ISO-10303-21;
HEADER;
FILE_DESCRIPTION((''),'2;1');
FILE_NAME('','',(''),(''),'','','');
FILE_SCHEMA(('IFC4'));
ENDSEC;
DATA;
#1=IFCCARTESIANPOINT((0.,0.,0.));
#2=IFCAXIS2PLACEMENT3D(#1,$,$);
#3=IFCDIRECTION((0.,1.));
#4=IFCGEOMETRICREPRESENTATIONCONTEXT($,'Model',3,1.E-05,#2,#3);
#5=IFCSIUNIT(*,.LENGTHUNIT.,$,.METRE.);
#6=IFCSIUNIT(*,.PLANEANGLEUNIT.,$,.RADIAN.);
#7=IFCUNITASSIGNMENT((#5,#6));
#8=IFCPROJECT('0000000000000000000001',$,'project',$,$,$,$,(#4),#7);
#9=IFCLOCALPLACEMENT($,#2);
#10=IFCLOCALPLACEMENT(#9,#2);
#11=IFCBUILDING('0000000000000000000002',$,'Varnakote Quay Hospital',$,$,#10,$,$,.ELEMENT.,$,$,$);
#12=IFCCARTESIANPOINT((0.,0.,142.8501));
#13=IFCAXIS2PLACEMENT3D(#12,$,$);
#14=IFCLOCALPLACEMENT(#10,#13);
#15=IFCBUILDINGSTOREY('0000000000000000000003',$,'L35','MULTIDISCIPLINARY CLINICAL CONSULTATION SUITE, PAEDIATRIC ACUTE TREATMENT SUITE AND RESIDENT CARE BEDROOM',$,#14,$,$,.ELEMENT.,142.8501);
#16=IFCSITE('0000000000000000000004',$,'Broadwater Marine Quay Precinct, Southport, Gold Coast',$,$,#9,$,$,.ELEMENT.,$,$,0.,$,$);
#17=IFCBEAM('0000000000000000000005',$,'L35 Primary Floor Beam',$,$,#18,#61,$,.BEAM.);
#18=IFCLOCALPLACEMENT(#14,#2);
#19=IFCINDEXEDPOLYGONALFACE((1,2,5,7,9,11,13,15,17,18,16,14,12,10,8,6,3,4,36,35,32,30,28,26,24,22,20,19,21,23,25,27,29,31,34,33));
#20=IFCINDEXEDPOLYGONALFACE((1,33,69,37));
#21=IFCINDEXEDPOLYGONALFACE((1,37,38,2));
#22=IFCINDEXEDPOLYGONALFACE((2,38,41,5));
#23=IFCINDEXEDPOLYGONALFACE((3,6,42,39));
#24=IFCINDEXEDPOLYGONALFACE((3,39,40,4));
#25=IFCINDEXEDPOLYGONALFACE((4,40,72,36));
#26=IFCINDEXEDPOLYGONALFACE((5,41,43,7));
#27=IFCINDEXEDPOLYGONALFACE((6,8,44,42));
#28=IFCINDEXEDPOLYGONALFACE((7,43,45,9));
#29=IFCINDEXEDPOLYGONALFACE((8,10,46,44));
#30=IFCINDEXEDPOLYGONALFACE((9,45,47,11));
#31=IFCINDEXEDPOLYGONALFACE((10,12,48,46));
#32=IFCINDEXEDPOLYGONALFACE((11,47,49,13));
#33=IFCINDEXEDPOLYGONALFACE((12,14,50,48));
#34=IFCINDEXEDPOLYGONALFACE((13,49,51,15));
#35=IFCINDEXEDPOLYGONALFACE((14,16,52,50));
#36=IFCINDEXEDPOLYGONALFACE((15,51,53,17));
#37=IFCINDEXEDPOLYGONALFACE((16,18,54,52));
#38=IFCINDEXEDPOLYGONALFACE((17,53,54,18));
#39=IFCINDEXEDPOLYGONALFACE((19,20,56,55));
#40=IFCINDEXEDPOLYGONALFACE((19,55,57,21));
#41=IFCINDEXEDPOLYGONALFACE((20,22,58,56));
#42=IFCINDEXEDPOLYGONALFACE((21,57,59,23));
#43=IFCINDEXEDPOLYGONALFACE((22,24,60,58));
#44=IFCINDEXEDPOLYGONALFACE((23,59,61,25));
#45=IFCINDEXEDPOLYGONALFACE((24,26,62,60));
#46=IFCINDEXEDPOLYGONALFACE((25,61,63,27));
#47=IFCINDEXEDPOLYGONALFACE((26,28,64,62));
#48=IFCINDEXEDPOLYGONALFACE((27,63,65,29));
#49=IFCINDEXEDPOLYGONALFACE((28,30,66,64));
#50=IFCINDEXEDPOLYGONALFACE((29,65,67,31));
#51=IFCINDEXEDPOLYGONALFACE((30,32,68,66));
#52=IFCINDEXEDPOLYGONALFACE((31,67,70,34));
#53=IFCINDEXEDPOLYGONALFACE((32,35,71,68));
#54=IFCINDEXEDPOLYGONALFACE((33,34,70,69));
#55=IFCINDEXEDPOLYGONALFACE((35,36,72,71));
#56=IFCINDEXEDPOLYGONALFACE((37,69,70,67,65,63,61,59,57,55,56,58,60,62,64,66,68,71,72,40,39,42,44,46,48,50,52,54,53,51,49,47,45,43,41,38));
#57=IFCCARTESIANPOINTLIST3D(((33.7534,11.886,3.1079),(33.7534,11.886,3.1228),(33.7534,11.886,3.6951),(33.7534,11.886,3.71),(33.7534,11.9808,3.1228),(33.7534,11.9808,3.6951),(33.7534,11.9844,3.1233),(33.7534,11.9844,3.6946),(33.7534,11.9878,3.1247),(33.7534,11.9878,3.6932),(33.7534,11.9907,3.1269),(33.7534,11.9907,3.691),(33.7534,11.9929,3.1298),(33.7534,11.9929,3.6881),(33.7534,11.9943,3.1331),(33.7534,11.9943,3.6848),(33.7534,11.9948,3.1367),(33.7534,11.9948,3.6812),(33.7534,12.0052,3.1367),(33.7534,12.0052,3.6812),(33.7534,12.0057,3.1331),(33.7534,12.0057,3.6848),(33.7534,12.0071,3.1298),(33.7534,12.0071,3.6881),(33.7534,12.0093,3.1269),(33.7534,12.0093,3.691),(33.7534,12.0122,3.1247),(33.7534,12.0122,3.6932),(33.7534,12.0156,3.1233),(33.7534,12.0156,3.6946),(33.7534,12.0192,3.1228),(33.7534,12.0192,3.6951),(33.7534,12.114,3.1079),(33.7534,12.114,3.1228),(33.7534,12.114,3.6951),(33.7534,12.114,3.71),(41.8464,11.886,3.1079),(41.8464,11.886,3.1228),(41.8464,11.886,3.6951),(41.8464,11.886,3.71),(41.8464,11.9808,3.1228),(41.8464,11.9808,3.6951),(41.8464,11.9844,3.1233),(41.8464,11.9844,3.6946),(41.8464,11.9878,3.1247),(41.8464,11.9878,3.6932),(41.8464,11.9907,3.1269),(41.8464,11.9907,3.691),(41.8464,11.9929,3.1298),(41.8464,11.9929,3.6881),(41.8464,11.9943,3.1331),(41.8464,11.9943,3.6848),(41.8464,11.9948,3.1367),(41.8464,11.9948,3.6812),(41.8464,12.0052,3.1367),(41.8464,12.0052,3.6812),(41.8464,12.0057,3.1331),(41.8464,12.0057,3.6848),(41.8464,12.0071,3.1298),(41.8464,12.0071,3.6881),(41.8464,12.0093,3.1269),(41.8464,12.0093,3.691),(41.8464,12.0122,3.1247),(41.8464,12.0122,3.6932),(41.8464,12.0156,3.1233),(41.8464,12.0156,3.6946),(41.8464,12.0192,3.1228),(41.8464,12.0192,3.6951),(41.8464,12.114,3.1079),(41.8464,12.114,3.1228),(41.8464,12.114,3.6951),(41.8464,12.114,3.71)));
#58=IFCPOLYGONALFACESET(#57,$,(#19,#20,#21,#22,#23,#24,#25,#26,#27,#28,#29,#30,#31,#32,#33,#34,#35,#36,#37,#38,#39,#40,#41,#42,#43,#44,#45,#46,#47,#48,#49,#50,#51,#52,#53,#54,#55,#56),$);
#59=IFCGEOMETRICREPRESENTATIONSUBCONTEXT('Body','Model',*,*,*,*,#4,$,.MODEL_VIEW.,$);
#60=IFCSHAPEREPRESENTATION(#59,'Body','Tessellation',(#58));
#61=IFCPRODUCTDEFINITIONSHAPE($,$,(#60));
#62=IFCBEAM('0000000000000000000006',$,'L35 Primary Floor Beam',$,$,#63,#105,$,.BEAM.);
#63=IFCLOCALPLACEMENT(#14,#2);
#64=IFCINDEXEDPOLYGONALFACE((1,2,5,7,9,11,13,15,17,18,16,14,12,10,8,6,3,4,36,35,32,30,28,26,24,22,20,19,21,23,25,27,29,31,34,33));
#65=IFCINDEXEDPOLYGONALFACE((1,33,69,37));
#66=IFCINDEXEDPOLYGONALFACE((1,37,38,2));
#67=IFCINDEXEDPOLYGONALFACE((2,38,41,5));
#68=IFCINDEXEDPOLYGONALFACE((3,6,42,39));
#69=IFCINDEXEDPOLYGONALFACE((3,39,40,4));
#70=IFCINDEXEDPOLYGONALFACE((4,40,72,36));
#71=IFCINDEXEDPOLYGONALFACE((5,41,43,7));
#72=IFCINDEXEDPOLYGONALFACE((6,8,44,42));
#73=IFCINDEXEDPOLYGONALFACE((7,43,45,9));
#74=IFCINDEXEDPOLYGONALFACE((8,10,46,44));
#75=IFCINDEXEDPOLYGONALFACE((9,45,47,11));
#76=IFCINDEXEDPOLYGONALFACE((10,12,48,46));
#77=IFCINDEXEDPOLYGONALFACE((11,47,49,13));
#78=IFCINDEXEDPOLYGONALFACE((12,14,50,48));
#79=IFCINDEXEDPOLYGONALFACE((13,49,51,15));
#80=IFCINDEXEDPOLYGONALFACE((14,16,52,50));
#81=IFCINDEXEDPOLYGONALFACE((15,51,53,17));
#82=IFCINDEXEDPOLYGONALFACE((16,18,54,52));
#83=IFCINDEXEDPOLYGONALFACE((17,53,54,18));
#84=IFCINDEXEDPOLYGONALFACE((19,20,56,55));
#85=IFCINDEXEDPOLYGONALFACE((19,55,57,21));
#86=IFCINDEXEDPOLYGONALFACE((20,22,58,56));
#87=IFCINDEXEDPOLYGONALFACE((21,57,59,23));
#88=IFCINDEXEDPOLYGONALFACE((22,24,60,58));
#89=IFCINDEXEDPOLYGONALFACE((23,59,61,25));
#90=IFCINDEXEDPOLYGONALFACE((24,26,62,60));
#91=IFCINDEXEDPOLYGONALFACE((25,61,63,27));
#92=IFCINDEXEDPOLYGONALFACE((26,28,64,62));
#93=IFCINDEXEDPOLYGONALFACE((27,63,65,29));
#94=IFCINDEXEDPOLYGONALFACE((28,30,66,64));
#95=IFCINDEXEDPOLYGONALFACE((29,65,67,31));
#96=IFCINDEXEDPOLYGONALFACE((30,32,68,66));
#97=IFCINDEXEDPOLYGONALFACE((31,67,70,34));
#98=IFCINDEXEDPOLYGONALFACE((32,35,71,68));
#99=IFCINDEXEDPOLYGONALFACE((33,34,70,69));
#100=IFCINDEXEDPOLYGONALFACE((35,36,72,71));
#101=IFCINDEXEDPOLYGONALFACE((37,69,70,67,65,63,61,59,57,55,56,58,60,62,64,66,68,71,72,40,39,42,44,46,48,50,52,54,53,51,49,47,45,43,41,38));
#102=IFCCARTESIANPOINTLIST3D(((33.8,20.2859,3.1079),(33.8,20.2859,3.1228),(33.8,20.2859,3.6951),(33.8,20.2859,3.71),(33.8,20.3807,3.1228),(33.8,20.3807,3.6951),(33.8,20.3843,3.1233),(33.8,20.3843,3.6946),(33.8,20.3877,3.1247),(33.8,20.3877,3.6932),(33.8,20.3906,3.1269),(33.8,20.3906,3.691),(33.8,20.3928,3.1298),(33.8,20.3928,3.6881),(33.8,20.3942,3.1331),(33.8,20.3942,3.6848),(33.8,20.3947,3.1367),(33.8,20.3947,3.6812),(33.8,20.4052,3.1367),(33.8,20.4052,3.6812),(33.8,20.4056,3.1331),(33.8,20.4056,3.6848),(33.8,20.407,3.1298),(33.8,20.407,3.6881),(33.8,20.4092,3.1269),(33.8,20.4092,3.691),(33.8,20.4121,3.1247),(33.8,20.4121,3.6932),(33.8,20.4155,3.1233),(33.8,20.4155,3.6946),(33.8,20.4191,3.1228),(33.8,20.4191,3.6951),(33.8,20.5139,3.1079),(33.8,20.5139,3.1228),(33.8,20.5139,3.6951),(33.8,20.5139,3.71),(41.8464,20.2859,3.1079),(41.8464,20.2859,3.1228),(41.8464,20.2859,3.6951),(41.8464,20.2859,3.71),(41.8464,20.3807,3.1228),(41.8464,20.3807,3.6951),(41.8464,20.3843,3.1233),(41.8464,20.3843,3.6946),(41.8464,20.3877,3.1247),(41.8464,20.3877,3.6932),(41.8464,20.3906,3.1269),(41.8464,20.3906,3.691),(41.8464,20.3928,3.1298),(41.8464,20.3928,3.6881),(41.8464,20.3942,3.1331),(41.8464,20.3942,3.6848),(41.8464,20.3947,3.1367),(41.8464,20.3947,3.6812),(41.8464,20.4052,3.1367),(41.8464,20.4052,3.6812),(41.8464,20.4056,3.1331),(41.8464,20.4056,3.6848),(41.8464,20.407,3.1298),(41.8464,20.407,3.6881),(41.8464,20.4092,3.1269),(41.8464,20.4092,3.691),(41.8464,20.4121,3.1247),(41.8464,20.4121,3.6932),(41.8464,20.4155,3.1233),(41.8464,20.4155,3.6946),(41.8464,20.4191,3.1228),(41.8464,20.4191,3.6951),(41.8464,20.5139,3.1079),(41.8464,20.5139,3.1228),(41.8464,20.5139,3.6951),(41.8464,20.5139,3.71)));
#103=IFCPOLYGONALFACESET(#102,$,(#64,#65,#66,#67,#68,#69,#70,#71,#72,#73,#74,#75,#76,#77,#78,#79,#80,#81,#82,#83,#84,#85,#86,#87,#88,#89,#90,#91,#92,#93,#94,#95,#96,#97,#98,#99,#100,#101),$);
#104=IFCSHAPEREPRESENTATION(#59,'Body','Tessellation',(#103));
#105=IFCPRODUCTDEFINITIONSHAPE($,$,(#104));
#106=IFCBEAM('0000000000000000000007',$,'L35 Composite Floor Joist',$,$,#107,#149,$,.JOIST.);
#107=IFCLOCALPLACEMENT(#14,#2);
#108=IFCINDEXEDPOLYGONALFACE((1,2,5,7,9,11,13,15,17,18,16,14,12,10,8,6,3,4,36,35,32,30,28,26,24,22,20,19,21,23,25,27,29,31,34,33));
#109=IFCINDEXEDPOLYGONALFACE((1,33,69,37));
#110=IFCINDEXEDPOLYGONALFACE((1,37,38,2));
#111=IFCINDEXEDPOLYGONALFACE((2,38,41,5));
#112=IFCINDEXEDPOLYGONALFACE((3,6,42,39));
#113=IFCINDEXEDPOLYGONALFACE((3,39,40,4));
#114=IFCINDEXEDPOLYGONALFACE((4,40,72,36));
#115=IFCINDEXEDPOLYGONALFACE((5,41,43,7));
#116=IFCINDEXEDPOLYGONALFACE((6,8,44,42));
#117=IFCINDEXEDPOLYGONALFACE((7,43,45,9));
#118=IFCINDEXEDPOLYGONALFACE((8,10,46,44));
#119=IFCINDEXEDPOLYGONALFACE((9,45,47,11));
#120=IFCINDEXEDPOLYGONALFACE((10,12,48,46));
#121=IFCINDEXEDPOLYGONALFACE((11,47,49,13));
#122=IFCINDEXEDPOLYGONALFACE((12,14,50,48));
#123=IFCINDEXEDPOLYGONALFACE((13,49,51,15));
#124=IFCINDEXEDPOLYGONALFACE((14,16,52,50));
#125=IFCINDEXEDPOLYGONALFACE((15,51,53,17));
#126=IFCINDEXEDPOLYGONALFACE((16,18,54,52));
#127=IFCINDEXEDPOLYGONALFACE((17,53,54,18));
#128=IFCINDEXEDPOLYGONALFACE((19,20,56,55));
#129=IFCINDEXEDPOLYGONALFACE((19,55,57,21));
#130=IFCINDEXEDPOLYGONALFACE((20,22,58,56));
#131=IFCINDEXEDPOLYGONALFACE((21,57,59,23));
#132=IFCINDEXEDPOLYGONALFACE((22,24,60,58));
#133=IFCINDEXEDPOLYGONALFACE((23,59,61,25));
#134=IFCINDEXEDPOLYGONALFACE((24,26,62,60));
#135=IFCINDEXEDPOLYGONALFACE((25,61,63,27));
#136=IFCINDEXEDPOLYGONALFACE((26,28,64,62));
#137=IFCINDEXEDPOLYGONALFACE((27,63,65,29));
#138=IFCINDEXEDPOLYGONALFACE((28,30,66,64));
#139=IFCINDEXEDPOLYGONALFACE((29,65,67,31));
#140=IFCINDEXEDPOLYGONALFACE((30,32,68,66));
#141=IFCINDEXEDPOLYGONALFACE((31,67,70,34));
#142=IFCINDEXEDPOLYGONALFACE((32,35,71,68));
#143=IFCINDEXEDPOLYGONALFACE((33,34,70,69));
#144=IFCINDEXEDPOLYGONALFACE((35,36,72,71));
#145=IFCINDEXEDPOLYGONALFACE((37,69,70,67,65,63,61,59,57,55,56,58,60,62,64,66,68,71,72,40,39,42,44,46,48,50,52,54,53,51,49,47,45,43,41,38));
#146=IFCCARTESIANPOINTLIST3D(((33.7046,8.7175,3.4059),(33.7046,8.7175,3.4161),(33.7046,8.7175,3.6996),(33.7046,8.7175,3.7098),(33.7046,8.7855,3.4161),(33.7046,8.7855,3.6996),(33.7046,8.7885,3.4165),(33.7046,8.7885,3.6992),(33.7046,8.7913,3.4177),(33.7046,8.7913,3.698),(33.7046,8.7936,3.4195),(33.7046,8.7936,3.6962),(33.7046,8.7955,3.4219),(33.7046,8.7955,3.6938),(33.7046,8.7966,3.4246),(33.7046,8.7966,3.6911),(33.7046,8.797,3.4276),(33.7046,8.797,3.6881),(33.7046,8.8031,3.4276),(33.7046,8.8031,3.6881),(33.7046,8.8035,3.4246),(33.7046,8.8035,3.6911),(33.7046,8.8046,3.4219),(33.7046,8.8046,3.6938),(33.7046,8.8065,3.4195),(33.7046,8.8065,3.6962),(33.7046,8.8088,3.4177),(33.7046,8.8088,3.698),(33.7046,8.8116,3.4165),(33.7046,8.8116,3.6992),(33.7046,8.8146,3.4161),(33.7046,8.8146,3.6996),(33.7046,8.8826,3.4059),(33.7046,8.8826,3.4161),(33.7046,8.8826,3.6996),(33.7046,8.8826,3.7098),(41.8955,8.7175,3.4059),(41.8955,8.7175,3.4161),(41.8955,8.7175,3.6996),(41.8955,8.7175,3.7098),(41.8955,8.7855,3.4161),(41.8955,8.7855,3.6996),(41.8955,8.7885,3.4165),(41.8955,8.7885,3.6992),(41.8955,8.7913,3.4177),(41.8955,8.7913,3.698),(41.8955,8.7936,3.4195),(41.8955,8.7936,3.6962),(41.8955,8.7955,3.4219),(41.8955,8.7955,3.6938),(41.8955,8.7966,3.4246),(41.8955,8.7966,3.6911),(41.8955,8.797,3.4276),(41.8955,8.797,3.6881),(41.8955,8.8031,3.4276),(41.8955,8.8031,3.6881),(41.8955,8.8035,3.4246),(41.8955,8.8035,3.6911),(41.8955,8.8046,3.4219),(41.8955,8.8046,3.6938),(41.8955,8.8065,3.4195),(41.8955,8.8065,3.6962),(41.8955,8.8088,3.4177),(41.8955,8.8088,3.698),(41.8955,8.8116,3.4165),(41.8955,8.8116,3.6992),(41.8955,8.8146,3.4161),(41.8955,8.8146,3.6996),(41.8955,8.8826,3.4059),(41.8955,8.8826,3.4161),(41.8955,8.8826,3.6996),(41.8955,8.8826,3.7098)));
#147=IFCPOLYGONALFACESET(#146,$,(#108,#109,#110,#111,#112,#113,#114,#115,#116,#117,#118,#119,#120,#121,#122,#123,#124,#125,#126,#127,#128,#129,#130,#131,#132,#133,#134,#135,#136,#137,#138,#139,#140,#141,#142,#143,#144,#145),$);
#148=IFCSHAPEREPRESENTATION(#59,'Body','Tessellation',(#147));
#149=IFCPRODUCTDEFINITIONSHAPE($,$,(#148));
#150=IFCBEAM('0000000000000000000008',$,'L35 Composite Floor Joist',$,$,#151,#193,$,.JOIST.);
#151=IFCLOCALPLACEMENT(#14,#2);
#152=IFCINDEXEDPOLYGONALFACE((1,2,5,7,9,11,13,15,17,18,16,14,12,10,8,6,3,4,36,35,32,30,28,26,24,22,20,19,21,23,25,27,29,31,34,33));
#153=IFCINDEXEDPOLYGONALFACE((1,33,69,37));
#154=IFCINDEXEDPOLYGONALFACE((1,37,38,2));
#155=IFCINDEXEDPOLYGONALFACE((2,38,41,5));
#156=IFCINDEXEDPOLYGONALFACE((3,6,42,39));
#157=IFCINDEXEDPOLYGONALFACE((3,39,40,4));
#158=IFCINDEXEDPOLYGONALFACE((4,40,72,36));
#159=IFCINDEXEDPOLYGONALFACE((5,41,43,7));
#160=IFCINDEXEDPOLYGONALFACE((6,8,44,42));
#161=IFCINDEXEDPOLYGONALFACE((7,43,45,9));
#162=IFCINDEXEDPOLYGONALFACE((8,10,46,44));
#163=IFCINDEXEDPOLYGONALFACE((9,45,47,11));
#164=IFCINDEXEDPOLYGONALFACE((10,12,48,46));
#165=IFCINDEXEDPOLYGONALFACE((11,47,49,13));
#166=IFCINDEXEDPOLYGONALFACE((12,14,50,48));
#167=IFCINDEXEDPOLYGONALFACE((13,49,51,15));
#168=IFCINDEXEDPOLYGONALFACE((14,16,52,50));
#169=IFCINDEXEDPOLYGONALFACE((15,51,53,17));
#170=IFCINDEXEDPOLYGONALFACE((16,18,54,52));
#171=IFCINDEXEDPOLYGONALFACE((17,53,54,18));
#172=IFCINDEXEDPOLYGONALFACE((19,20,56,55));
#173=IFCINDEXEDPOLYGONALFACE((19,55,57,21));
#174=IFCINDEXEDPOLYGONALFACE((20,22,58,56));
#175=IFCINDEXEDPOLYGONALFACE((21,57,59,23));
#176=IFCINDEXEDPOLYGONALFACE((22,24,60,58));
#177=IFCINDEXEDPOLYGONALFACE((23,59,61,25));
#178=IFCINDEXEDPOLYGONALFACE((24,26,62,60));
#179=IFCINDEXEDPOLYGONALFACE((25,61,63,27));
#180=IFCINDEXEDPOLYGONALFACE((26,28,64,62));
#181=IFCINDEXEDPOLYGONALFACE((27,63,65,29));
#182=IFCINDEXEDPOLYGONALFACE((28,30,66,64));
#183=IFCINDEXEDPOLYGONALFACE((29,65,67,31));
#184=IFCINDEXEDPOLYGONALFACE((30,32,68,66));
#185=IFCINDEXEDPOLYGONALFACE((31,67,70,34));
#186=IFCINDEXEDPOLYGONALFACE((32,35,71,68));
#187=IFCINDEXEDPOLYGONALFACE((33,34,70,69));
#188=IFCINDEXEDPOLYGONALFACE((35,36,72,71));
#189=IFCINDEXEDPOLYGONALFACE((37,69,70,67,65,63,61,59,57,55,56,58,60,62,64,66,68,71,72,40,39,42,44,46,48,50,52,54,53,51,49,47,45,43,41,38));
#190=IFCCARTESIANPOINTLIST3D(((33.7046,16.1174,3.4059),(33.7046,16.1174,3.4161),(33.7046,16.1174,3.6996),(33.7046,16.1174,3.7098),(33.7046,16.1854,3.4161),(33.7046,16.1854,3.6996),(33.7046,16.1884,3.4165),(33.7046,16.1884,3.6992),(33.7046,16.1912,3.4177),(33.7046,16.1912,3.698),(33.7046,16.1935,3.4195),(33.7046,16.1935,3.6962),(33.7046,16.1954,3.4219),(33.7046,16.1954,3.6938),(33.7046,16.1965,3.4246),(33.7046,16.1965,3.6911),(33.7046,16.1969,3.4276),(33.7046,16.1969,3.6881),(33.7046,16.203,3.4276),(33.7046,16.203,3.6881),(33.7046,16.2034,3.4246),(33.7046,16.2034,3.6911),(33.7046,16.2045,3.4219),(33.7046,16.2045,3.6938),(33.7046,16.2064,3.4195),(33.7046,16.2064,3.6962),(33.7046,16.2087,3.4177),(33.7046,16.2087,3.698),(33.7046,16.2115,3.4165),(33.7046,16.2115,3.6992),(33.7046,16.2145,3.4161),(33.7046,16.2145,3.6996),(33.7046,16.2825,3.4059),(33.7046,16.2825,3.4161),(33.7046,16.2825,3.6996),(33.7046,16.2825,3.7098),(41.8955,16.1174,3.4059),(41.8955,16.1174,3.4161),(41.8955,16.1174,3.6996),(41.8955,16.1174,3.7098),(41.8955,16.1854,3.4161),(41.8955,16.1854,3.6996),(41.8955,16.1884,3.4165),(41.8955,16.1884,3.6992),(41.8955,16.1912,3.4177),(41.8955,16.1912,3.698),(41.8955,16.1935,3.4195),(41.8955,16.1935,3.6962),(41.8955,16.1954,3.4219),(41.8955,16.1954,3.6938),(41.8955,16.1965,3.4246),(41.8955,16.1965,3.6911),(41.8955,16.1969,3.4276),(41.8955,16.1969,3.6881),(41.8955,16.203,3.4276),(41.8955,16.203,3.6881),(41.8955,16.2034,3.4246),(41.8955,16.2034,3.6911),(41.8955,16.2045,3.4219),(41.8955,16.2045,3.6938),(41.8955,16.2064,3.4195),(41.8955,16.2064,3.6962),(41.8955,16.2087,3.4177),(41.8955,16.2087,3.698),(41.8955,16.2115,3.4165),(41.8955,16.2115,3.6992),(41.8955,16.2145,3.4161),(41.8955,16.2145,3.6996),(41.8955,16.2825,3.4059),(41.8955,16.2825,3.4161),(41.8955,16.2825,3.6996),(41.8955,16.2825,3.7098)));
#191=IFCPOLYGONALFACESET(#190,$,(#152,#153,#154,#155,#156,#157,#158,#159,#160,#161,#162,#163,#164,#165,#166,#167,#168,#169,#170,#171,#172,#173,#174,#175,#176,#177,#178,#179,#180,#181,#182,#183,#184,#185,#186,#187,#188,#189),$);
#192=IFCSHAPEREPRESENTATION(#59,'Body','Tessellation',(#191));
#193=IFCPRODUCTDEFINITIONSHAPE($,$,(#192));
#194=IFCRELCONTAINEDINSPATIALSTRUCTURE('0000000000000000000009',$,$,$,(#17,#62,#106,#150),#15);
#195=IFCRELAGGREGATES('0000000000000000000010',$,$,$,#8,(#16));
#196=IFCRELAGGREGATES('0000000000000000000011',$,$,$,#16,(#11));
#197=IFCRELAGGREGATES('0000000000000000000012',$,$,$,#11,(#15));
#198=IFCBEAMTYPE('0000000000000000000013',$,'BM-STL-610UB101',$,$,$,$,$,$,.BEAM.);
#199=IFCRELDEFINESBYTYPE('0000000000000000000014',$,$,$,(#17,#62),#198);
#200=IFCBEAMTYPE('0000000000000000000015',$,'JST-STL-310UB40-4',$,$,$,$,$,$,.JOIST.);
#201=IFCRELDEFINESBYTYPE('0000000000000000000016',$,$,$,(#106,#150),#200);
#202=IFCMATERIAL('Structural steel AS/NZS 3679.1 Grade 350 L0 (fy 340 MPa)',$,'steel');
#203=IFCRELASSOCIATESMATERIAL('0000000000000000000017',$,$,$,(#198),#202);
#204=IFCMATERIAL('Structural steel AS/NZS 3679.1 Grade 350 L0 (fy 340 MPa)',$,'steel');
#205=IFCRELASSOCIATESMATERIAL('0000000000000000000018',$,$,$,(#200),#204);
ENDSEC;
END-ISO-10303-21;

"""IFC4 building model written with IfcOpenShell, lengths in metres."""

from ifc_helpers import new_model, si_unit, direction, frame, origin, origin_2d, place, context, subcontext, project, spatial, i_section, extrude, material, material_profile, profile_set, type_object, element, save


model = new_model("IFC4")

# Units and contexts
model_context = context("Model", 3, precision=1e-05, world=origin(), true_north=direction((0.0, 1.0)))
body_context = subcontext(model_context, "Body", "Model", "MODEL_VIEW")
ifc_project = project(units=[si_unit("LENGTHUNIT", "METRE"), si_unit("PLANEANGLEUNIT", "RADIAN")], contexts=[model_context])

# Site, building, storey
site_placement = place(None, origin())
site = spatial("IfcSite", under=ifc_project, at=site_placement, Name="Broadwater Marine Quay Precinct, Southport, Gold Coast", CompositionType="ELEMENT", RefElevation=0.0)
building_placement = place(site_placement, origin())
building = spatial("IfcBuilding", under=site, at=building_placement, Name="Varnakote Quay Hospital", CompositionType="ELEMENT")
storey_placement = place(building_placement, frame((0.0, 0.0, 142.8501)))
storey = spatial("IfcBuildingStorey", under=building, at=storey_placement, Name="L35", Description="MULTIDISCIPLINARY CLINICAL CONSULTATION SUITE, PAEDIATRIC ACUTE TREATMENT SUITE AND RESIDENT CARE BEDROOM", CompositionType="ELEMENT", Elevation=142.8501)

# Beams
ifc_material_1 = material(Name="Structural steel AS/NZS 3679.1 Grade 350 L0 (fy 340 MPa)", Category="steel")
ifc_material_profile_1 = material_profile(ifc_material_1, i_section(OverallWidth=0.228, OverallDepth=0.6021, WebThickness=0.0105, FlangeThickness=0.0149, FilletRadius=0.0139, at=origin_2d()), Name="610UB101")
ifc_profile_set_1 = profile_set([ifc_material_profile_1], Name="Structural steel AS/NZS 3679.1 Grade 350 L0 (fy 340 MPa)")
beam_type_1 = type_object("IfcBeamType", Name="BM-STL-610UB101", PredefinedType="BEAM", material=ifc_profile_set_1)
beam_1_placement = place(storey_placement, frame((33.7534, 12.0, 3.4089), z_axis=(1.0, 0.0, 0.0), x_axis=(0.0, 1.0, 0.0)))
element("IfcBeam", 1, at=beam_1_placement, inside=storey, type_object=beam_type_1, Name="L35 Primary Floor Beam", PredefinedType="BEAM", context=body_context, shape_type="SweptSolid", body=[
    extrude(i_section(OverallWidth=0.228, OverallDepth=0.6021, WebThickness=0.0105, FlangeThickness=0.0149, FilletRadius=0.0139, at=origin_2d()), origin(), (0.0, 0.0, 1.0), 8.093),
])
beam_2_placement = place(storey_placement, frame((33.8, 20.3999, 3.4089), z_axis=(1.0, 0.0, 0.0), x_axis=(0.0, 1.0, 0.0)))
element("IfcBeam", 2, at=beam_2_placement, inside=storey, type_object=beam_type_1, Name="L35 Primary Floor Beam", PredefinedType="BEAM", context=body_context, shape_type="SweptSolid", body=[
    extrude(i_section(OverallWidth=0.228, OverallDepth=0.6021, WebThickness=0.0105, FlangeThickness=0.0149, FilletRadius=0.0139, at=origin_2d()), origin(), (0.0, 0.0, 1.0), 8.0464),
])
ifc_material_2 = material(Name="Structural steel AS/NZS 3679.1 Grade 350 L0 (fy 340 MPa)", Category="steel")
ifc_material_profile_2 = material_profile(ifc_material_2, i_section(OverallWidth=0.165, OverallDepth=0.304, WebThickness=0.0061, FlangeThickness=0.0103, FilletRadius=0.0115, at=origin_2d()), Name="310UB40.4")
ifc_profile_set_2 = profile_set([ifc_material_profile_2], Name="Structural steel AS/NZS 3679.1 Grade 350 L0 (fy 340 MPa)")
beam_type_2 = type_object("IfcBeamType", Name="JST-STL-310UB40-4", PredefinedType="JOIST", material=ifc_profile_set_2)
for number, where, z_axis, x_axis, name in (
    (3, (33.7046, 8.8, 3.5579), (1.0, 0.0, 0.0), (0.0, 1.0, 0.0), "L35 Composite Floor Joist"),
    (4, (33.7046, 16.2, 3.5579), (1.0, 0.0, 0.0), (0.0, 1.0, 0.0), "L35 Composite Floor Joist"),
):
    element("IfcBeam", number, at=place(storey_placement, frame(where, z_axis=z_axis, x_axis=x_axis)), inside=storey, type_object=beam_type_2, Name=name, PredefinedType="JOIST", context=body_context, shape_type="SweptSolid", body=[
        extrude(i_section(OverallWidth=0.165, OverallDepth=0.304, WebThickness=0.0061, FlangeThickness=0.0103, FilletRadius=0.0115, at=origin_2d()), origin(), (0.0, 0.0, 1.0), 8.1909),
    ])

save(model, "model.ifc")
